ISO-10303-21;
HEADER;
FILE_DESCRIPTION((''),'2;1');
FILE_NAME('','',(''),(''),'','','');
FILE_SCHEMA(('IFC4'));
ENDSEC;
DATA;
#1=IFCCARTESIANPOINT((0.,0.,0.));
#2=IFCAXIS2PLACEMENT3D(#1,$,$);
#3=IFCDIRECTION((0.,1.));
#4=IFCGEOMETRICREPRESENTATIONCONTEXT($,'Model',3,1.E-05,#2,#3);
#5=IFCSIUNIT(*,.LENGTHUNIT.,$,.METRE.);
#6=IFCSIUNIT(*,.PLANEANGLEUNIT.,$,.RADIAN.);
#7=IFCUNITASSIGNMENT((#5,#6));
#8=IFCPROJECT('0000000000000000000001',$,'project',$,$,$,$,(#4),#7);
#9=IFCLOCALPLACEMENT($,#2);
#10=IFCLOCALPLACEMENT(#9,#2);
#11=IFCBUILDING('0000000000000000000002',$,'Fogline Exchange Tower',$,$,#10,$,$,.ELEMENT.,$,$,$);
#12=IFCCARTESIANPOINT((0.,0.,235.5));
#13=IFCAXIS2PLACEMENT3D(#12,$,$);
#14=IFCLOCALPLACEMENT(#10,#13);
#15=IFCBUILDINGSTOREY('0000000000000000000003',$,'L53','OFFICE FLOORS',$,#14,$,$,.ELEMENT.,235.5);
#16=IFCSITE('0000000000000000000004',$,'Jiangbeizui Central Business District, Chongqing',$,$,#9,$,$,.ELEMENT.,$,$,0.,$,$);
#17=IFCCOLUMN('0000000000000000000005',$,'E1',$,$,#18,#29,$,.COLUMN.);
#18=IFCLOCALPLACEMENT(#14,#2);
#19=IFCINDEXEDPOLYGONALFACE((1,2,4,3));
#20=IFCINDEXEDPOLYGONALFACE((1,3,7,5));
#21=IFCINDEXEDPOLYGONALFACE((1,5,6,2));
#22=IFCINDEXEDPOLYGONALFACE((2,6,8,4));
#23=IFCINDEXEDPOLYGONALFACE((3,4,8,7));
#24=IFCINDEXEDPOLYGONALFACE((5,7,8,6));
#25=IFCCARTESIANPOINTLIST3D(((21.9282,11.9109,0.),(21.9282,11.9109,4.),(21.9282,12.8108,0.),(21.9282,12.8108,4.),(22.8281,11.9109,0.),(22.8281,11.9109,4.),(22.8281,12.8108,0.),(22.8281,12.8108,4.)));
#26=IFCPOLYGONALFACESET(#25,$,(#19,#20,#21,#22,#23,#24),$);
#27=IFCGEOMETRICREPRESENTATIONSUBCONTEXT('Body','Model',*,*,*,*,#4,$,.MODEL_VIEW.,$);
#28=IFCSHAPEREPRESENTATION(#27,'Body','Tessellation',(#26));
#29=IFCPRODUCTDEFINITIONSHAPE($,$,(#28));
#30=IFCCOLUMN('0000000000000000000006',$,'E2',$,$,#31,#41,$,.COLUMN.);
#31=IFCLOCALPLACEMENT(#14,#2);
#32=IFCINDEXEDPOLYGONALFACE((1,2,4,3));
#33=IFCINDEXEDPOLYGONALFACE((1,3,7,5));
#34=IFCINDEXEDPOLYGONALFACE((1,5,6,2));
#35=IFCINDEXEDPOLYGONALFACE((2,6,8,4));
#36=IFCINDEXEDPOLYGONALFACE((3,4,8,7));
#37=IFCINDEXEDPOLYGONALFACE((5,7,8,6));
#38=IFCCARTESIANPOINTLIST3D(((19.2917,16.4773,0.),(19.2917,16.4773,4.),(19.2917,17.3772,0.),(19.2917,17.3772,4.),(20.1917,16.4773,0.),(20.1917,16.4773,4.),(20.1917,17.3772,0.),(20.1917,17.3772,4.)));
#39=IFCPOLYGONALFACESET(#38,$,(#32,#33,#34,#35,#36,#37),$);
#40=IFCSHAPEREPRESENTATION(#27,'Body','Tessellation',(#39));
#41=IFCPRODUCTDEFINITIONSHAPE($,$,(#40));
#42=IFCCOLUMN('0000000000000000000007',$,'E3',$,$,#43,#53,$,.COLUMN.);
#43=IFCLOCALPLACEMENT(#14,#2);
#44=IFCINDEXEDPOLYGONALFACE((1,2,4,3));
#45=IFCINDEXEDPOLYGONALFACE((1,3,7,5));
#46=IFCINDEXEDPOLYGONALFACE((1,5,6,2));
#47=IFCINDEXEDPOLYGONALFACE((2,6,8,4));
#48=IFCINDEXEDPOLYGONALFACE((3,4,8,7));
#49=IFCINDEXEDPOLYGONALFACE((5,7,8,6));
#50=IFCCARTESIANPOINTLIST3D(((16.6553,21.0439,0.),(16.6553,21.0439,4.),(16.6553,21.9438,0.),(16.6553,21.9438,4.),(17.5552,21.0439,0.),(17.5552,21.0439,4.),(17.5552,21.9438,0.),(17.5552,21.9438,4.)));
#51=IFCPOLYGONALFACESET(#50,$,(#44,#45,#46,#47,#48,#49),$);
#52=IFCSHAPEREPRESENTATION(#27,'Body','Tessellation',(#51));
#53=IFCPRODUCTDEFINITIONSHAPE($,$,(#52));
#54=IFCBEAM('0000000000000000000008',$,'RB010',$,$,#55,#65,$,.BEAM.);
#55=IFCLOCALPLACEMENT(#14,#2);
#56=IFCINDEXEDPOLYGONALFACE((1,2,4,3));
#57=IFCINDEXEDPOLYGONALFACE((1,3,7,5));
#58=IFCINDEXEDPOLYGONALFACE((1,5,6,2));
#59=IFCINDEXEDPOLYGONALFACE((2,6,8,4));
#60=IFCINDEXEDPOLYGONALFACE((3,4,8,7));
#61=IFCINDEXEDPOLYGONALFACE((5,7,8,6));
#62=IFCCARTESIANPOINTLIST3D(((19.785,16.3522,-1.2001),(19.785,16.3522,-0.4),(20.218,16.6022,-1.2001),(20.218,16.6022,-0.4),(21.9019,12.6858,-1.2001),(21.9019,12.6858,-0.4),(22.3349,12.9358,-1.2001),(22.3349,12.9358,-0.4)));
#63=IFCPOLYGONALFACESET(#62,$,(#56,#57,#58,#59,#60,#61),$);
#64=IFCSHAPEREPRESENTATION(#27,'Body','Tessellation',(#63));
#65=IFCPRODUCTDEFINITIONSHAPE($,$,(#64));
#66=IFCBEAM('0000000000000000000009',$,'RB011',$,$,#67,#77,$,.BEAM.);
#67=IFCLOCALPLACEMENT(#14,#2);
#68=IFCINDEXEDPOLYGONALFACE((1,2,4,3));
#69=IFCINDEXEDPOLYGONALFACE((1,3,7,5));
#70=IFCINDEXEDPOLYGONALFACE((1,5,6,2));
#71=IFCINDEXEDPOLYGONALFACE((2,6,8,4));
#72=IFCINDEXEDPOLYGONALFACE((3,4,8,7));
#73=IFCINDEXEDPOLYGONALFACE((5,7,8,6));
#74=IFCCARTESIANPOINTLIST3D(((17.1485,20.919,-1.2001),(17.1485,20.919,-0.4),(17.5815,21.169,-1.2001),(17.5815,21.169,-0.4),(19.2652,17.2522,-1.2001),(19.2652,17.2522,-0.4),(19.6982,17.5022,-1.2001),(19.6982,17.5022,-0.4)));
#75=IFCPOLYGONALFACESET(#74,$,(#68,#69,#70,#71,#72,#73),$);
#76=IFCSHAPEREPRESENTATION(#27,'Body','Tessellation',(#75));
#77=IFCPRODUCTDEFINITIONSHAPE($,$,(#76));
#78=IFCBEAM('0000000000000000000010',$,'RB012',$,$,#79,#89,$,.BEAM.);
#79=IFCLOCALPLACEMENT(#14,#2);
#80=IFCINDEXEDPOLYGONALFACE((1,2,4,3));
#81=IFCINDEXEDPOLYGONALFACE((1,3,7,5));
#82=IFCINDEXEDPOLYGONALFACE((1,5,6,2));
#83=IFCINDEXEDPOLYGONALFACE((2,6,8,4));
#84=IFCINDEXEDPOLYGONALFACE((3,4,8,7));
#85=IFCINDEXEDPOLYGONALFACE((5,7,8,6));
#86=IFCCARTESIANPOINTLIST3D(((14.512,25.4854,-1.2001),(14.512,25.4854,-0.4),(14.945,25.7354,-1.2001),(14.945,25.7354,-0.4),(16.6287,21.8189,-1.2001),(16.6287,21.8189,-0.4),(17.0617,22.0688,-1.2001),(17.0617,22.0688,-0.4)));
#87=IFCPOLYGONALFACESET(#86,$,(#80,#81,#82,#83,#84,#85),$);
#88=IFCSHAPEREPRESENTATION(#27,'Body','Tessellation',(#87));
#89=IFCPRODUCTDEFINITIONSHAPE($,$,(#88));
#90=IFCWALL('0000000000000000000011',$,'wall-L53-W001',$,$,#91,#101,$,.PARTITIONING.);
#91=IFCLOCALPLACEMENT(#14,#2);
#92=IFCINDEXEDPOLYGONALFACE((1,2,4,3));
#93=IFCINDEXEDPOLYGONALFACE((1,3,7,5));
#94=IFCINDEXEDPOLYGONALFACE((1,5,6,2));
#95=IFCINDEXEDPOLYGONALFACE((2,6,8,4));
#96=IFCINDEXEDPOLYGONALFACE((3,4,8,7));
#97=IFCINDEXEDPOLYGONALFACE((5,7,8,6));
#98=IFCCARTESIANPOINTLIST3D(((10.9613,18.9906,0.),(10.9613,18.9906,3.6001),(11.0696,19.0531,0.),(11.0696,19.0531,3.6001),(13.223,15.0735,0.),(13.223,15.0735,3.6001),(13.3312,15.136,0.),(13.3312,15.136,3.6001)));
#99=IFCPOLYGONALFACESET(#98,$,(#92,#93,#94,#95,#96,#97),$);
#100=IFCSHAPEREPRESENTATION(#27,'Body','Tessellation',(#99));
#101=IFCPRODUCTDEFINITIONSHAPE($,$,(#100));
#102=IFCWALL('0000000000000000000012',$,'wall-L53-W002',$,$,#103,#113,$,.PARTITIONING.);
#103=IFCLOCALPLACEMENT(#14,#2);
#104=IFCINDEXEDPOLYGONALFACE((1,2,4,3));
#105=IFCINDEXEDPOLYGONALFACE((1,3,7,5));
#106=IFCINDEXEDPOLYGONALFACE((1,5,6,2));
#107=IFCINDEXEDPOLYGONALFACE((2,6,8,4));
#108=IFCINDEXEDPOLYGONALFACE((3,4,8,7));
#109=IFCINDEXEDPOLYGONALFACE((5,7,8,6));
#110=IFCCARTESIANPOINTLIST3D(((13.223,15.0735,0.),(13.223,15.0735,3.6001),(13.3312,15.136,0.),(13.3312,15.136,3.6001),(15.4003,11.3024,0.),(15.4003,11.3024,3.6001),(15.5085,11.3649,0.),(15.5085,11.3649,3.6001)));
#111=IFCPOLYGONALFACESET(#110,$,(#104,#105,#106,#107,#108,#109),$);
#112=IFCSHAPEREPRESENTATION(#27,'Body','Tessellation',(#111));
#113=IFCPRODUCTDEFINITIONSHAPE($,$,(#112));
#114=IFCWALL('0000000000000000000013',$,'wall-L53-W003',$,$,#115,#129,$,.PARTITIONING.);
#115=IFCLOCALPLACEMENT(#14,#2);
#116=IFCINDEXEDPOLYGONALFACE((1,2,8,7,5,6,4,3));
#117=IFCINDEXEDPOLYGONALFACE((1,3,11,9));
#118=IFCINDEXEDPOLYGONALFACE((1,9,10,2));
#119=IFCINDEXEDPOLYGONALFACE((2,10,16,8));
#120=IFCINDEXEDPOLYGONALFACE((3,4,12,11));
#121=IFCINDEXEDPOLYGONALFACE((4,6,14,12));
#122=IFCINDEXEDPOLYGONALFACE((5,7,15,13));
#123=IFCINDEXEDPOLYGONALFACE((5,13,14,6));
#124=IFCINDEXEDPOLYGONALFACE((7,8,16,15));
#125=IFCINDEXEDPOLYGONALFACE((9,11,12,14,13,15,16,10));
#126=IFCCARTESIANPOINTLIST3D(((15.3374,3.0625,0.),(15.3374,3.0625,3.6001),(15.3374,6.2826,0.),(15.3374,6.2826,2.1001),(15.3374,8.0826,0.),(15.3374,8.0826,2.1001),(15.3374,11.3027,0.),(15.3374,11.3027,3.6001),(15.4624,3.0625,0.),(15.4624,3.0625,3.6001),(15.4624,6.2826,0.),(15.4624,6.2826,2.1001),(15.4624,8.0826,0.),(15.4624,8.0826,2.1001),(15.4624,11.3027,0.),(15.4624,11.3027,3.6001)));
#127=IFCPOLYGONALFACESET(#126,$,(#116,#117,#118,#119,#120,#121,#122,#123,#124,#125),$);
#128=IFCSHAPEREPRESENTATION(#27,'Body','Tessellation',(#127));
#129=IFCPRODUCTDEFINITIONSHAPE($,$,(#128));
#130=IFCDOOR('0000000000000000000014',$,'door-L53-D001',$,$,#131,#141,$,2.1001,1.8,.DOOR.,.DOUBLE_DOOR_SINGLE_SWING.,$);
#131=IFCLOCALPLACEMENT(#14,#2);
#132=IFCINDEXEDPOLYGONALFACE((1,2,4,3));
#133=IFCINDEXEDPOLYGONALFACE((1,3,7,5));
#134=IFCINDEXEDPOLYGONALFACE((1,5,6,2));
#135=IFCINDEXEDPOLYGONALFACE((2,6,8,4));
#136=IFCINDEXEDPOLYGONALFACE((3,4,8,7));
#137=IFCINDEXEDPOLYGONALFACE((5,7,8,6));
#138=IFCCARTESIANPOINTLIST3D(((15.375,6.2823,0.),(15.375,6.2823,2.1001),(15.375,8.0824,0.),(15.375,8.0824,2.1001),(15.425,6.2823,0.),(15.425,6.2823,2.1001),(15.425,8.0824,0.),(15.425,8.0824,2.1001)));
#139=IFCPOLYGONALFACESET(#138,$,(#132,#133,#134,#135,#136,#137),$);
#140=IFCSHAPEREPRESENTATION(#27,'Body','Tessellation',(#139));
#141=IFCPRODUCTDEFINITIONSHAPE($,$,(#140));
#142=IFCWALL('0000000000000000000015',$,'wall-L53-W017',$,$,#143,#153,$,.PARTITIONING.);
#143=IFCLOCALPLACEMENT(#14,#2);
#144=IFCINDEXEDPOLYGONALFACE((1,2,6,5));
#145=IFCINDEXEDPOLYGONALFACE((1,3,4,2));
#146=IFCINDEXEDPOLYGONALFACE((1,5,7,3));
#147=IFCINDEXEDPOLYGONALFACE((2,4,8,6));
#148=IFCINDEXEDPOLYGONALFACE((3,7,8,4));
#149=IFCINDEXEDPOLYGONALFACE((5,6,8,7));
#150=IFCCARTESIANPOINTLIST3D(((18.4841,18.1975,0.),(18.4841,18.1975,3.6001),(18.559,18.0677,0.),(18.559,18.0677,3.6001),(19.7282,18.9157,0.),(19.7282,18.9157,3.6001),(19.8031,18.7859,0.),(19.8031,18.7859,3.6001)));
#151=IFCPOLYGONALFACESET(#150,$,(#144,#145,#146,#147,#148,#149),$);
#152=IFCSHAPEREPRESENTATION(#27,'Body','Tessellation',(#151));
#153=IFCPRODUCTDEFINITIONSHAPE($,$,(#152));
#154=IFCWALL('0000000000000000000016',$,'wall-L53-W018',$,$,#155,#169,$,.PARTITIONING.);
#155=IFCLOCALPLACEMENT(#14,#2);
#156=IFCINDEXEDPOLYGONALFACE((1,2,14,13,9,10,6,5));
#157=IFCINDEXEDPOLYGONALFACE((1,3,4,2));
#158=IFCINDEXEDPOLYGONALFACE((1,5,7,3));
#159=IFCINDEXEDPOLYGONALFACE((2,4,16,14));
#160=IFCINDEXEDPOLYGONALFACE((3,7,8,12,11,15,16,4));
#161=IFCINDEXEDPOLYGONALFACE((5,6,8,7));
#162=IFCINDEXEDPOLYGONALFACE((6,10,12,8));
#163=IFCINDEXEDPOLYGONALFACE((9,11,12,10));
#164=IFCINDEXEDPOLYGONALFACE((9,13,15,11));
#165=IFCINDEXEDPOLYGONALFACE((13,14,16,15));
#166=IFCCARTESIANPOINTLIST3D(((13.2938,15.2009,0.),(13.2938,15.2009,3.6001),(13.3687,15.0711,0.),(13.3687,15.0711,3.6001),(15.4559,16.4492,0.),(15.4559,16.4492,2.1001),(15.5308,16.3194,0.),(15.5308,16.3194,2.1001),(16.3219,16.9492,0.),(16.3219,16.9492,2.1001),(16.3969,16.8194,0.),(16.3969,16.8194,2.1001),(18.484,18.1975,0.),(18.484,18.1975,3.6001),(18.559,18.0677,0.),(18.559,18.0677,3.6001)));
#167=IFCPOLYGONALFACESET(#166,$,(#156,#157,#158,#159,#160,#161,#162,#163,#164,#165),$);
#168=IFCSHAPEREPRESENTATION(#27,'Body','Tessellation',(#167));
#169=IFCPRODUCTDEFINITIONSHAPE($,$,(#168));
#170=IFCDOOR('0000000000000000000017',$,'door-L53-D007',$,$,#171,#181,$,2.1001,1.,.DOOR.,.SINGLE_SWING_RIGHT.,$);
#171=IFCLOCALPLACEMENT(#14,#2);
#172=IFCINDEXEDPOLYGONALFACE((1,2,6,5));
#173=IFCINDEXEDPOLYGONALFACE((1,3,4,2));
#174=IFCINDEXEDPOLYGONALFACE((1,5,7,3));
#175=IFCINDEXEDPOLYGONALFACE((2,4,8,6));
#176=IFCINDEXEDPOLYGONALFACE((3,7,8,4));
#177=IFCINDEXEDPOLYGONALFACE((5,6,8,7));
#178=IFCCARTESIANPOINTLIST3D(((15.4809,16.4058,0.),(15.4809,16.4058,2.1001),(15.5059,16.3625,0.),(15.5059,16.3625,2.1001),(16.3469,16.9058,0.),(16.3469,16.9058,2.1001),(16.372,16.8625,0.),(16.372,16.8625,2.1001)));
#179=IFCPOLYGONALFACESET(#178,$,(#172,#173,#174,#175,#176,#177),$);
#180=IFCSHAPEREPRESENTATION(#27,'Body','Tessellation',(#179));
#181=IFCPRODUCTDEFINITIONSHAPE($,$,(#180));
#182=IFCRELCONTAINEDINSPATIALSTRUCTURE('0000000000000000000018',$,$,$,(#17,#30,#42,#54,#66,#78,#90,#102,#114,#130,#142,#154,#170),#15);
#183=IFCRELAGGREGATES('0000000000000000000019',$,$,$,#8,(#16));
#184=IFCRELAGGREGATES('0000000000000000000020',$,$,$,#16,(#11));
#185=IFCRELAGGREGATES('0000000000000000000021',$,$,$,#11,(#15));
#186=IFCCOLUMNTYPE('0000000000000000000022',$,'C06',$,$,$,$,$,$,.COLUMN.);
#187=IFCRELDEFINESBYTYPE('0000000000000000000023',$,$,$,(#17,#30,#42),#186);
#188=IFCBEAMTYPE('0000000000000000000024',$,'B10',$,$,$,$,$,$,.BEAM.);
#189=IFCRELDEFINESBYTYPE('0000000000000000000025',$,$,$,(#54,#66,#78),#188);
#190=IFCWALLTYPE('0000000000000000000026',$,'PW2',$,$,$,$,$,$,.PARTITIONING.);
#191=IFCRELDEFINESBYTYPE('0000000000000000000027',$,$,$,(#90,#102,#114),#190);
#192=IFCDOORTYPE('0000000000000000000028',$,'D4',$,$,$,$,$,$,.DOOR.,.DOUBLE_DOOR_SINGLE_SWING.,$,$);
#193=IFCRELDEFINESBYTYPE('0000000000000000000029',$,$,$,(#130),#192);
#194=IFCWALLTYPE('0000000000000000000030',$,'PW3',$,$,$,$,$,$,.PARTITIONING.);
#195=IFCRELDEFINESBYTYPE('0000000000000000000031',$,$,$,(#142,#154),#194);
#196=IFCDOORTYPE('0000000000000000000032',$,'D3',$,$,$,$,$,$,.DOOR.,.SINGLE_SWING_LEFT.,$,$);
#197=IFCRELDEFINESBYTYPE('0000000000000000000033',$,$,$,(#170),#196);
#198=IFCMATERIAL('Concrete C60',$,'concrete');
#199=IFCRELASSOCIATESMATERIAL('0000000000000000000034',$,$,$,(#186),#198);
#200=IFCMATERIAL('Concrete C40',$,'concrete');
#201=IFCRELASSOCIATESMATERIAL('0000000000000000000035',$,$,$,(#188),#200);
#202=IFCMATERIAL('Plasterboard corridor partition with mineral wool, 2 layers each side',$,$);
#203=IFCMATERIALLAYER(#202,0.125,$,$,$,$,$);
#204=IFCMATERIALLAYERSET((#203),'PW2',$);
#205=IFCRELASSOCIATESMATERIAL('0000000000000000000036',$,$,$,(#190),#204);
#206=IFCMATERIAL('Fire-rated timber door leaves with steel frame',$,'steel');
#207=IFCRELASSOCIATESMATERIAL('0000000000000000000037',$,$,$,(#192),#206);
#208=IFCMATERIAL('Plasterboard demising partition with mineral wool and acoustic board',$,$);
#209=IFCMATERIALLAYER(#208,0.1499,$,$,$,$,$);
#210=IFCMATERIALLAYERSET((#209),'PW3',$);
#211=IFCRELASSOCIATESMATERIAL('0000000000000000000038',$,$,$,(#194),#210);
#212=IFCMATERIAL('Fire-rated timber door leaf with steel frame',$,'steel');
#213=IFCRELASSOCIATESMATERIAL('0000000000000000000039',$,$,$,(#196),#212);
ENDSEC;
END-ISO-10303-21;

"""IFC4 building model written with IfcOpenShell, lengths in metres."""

from ifc_helpers import new_model, si_unit, direction, frame, frame_2d, origin, origin_2d, place, context, subcontext, project, spatial, rectangle, extrude, material, layer, layer_set, material_profile, profile_set, type_object, element, fill, save


model = new_model("IFC4")

# Units and contexts
model_context = context("Model", 3, precision=1e-05, world=origin(), true_north=direction((0.0, 1.0)))
body_context = subcontext(model_context, "Body", "Model", "MODEL_VIEW")
ifc_project = project(units=[si_unit("LENGTHUNIT", "METRE"), si_unit("PLANEANGLEUNIT", "RADIAN")], contexts=[model_context])

# Site, building, storey
site_placement = place(None, origin())
site = spatial("IfcSite", under=ifc_project, at=site_placement, Name="Jiangbeizui Central Business District, Chongqing", CompositionType="ELEMENT", RefElevation=0.0)
building_placement = place(site_placement, origin())
building = spatial("IfcBuilding", under=site, at=building_placement, Name="Fogline Exchange Tower", CompositionType="ELEMENT")
storey_placement = place(building_placement, frame((0.0, 0.0, 235.5)))
storey = spatial("IfcBuildingStorey", under=building, at=storey_placement, Name="L53", Description="OFFICE FLOORS", CompositionType="ELEMENT", Elevation=235.5)

# Columns
ifc_material_1 = material(Name="Concrete C60", Category="concrete")
ifc_material_profile_1 = material_profile(ifc_material_1, rectangle(XDim=0.8999, YDim=0.8999, at=origin_2d()), Name="RC 900x900")
ifc_profile_set_1 = profile_set([ifc_material_profile_1], Name="Concrete C60")
column_type = type_object("IfcColumnType", Name="C06", PredefinedType="COLUMN", material=ifc_profile_set_1)
for number, where, z_axis, x_axis, name in (
    (1, (22.3782, 12.3608, 0.0), (0.0, 0.0, 1.0), (1.0, 0.0, 0.0), "E1"),
    (2, (19.7417, 16.9272, 0.0), (0.0, 0.0, 1.0), (1.0, 0.0, 0.0), "E2"),
    (3, (17.1052, 21.4939, 0.0), (0.0, 0.0, 1.0), (1.0, 0.0, 0.0), "E3"),
):
    element("IfcColumn", number, at=place(storey_placement, frame(where, z_axis=z_axis, x_axis=x_axis)), inside=storey, type_object=column_type, Name=name, PredefinedType="COLUMN", context=body_context, shape_type="SweptSolid", body=[
        extrude(rectangle(XDim=0.8999, YDim=0.8999, at=origin_2d()), origin(), (0.0, 0.0, 1.0), 4.0),
    ])

# Beams
ifc_material_2 = material(Name="Concrete C40", Category="concrete")
ifc_material_profile_2 = material_profile(ifc_material_2, rectangle(XDim=0.5, YDim=0.8, at=origin_2d()), Name="RC 500x800")
ifc_profile_set_2 = profile_set([ifc_material_profile_2], Name="Concrete C40")
beam_type = type_object("IfcBeamType", Name="B10", PredefinedType="BEAM", material=ifc_profile_set_2)
beam_1_placement = place(storey_placement, frame((22.1184, 12.8108, -0.8), z_axis=(-0.500015, 0.866017, 0.0), x_axis=(-0.866017, -0.500015, 0.0)))
element("IfcBeam", 4, at=beam_1_placement, inside=storey, type_object=beam_type, Name="RB010", PredefinedType="BEAM", context=body_context, shape_type="SweptSolid", body=[
    extrude(rectangle(XDim=0.5, YDim=0.8, at=origin_2d()), origin(), (0.0, 0.0, 1.0), 4.2336),
])
beam_2_placement = place(storey_placement, frame((19.4817, 17.3772, -0.8), z_axis=(-0.499947, 0.866056, 0.0), x_axis=(-0.866056, -0.499947, 0.0)))
element("IfcBeam", 5, at=beam_2_placement, inside=storey, type_object=beam_type, Name="RB011", PredefinedType="BEAM", context=body_context, shape_type="SweptSolid", body=[
    extrude(rectangle(XDim=0.5, YDim=0.8, at=origin_2d()), origin(), (0.0, 0.0, 1.0), 4.2339),
])
beam_3_placement = place(storey_placement, frame((16.8452, 21.9438, -0.8), z_axis=(-0.499972, 0.866042, 0.0), x_axis=(-0.866042, -0.499972, 0.0)))
element("IfcBeam", 6, at=beam_3_placement, inside=storey, type_object=beam_type, Name="RB012", PredefinedType="BEAM", context=body_context, shape_type="SweptSolid", body=[
    extrude(rectangle(XDim=0.5, YDim=0.8, at=origin_2d()), origin(), (0.0, 0.0, 1.0), 4.2336),
])

# Walls
ifc_material_3 = material(Name="Plasterboard corridor partition with mineral wool, 2 layers each side")
ifc_layer_1 = layer(ifc_material_3, 0.125)
ifc_layer_set_1 = layer_set([ifc_layer_1], Name="PW2")
wall_type_1 = type_object("IfcWallType", Name="PW2", PredefinedType="PARTITIONING", material=ifc_layer_set_1)
wall_1_placement = place(storey_placement, frame((11.0154, 19.022, 0.0), z_axis=(0.0, 0.0, 1.0), x_axis=(0.500017, -0.866016, 0.0)))
element("IfcWall", 7, at=wall_1_placement, inside=storey, type_object=wall_type_1, Name="wall-L53-W001", PredefinedType="PARTITIONING", context=body_context, shape_type="SweptSolid", body=[
    extrude(rectangle(XDim=4.5232, YDim=0.125, at=frame_2d((2.2617, 0.0))), origin(), (0.0, 0.0, 1.0), 3.6001),
])
wall_2_placement = place(storey_placement, frame((13.2771, 15.1047, 0.0), z_axis=(0.0, 0.0, 1.0), x_axis=(0.50001, -0.866019, 0.0)))
element("IfcWall", 8, at=wall_2_placement, inside=storey, type_object=wall_type_1, Name="wall-L53-W002", PredefinedType="PARTITIONING", context=body_context, shape_type="SweptSolid", body=[
    extrude(rectangle(XDim=4.3545, YDim=0.125, at=frame_2d((2.1772, 0.0))), origin(), (0.0, 0.0, 1.0), 3.6001),
])

# Wall, opening, door
wall_3_placement = place(storey_placement, frame((15.3999, 11.3027, 0.0), z_axis=(0.0, 0.0, 1.0), x_axis=(0.0, -1.0, 0.0)))
wall_3 = element("IfcWall", 9, at=wall_3_placement, inside=storey, type_object=wall_type_1, Name="wall-L53-W003", PredefinedType="PARTITIONING", context=body_context, shape_type="SweptSolid", body=[
    extrude(rectangle(XDim=8.2402, YDim=0.125, at=frame_2d((4.1201, 0.0))), origin(), (0.0, 0.0, 1.0), 3.6001),
])
opening_1_placement = place(wall_3_placement, frame((3.2202, 0.0, 0.0)))
opening_1 = element("IfcOpeningElement", 10, at=opening_1_placement, cuts=wall_3, PredefinedType="OPENING", context=body_context, shape_type="SweptSolid", body=[
    extrude(rectangle(XDim=1.8, YDim=2.1001, at=frame_2d((0.8999, 1.05))), frame((0.0, 0.0725, 0.0), z_axis=(0.0, -1.0, 0.0), x_axis=(1.0, 0.0, 0.0)), (0.0, 0.0, 1.0), 0.145),
])
ifc_material_4 = material(Name="Fire-rated timber door leaves with steel frame", Category="steel")
door_type_1 = type_object("IfcDoorType", Name="D4", OperationType="DOUBLE_DOOR_SINGLE_SWING", PredefinedType="DOOR", material=ifc_material_4)
door_1_placement = place(opening_1_placement, frame((1.8, 0.0, 0.0), z_axis=(0.0, 0.0, 1.0), x_axis=(-1.0, 0.0, 0.0)))
door_1 = element("IfcDoor", 11, at=door_1_placement, inside=storey, type_object=door_type_1, Name="door-L53-D001", OperationType="DOUBLE_DOOR_SINGLE_SWING", OverallHeight=2.1001, OverallWidth=1.8, PredefinedType="DOOR", context=body_context, shape_type="SweptSolid", body=[
    extrude(rectangle(XDim=1.8, YDim=2.1001, at=frame_2d((0.8999, 1.05))), frame((0.0, 0.0249, 0.0), z_axis=(0.0, -1.0, 0.0), x_axis=(1.0, 0.0, 0.0)), (0.0, 0.0, 1.0), 0.05),
])
fill(opening_1, door_1)

# Wall
ifc_material_5 = material(Name="Plasterboard demising partition with mineral wool and acoustic board")
ifc_layer_2 = layer(ifc_material_5, 0.1499)
ifc_layer_set_2 = layer_set([ifc_layer_2], Name="PW3")
wall_type_2 = type_object("IfcWallType", Name="PW3", PredefinedType="PARTITIONING", material=ifc_layer_set_2)
wall_4_placement = place(storey_placement, frame((19.7656, 18.8508, 0.0), z_axis=(0.0, 0.0, 1.0), x_axis=(-0.866038, -0.499977, 0.0)))
element("IfcWall", 12, at=wall_4_placement, inside=storey, type_object=wall_type_2, Name="wall-L53-W017", PredefinedType="PARTITIONING", context=body_context, shape_type="SweptSolid", body=[
    extrude(rectangle(XDim=1.4365, YDim=0.1499, at=frame_2d((0.7183, 0.0))), origin(), (0.0, 0.0, 1.0), 3.6001),
])

# Wall, opening, door
wall_5_placement = place(storey_placement, frame((18.5215, 18.1326, 0.0), z_axis=(0.0, 0.0, 1.0), x_axis=(-0.866023, -0.500003, 0.0)))
wall_5 = element("IfcWall", 13, at=wall_5_placement, inside=storey, type_object=wall_type_2, Name="wall-L53-W018", PredefinedType="PARTITIONING", context=body_context, shape_type="SweptSolid", body=[
    extrude(rectangle(XDim=5.9932, YDim=0.1499, at=frame_2d((2.9966, 0.0))), origin(), (0.0, 0.0, 1.0), 3.6001),
])
opening_2_placement = place(wall_5_placement, frame((2.4966, 0.0, 0.0)))
opening_2 = element("IfcOpeningElement", 14, at=opening_2_placement, cuts=wall_5, PredefinedType="OPENING", context=body_context, shape_type="SweptSolid", body=[
    extrude(rectangle(XDim=1.0, YDim=2.1001, at=frame_2d((0.5, 1.05))), frame((0.0, 0.085, 0.0), z_axis=(0.0, -1.0, 0.0), x_axis=(1.0, 0.0, 0.0)), (0.0, 0.0, 1.0), 0.1699),
])
ifc_material_6 = material(Name="Fire-rated timber door leaf with steel frame", Category="steel")
door_type_2 = type_object("IfcDoorType", Name="D3", OperationType="SINGLE_SWING_LEFT", PredefinedType="DOOR", material=ifc_material_6)
door_2_placement = place(opening_2_placement, frame((1.0, 0.0, 0.0), z_axis=(0.0, 0.0, 1.0), x_axis=(-1.0, 0.0, 0.0)))
door_2 = element("IfcDoor", 15, at=door_2_placement, inside=storey, type_object=door_type_2, Name="door-L53-D007", OperationType="SINGLE_SWING_RIGHT", OverallHeight=2.1001, OverallWidth=1.0, PredefinedType="DOOR", context=body_context, shape_type="SweptSolid", body=[
    extrude(rectangle(XDim=1.0, YDim=2.1001, at=frame_2d((0.5, 1.05))), frame((0.0, 0.0249, 0.0), z_axis=(0.0, -1.0, 0.0), x_axis=(1.0, 0.0, 0.0)), (0.0, 0.0, 1.0), 0.05),
])
fill(opening_2, door_2)

save(model, "model.ifc")
